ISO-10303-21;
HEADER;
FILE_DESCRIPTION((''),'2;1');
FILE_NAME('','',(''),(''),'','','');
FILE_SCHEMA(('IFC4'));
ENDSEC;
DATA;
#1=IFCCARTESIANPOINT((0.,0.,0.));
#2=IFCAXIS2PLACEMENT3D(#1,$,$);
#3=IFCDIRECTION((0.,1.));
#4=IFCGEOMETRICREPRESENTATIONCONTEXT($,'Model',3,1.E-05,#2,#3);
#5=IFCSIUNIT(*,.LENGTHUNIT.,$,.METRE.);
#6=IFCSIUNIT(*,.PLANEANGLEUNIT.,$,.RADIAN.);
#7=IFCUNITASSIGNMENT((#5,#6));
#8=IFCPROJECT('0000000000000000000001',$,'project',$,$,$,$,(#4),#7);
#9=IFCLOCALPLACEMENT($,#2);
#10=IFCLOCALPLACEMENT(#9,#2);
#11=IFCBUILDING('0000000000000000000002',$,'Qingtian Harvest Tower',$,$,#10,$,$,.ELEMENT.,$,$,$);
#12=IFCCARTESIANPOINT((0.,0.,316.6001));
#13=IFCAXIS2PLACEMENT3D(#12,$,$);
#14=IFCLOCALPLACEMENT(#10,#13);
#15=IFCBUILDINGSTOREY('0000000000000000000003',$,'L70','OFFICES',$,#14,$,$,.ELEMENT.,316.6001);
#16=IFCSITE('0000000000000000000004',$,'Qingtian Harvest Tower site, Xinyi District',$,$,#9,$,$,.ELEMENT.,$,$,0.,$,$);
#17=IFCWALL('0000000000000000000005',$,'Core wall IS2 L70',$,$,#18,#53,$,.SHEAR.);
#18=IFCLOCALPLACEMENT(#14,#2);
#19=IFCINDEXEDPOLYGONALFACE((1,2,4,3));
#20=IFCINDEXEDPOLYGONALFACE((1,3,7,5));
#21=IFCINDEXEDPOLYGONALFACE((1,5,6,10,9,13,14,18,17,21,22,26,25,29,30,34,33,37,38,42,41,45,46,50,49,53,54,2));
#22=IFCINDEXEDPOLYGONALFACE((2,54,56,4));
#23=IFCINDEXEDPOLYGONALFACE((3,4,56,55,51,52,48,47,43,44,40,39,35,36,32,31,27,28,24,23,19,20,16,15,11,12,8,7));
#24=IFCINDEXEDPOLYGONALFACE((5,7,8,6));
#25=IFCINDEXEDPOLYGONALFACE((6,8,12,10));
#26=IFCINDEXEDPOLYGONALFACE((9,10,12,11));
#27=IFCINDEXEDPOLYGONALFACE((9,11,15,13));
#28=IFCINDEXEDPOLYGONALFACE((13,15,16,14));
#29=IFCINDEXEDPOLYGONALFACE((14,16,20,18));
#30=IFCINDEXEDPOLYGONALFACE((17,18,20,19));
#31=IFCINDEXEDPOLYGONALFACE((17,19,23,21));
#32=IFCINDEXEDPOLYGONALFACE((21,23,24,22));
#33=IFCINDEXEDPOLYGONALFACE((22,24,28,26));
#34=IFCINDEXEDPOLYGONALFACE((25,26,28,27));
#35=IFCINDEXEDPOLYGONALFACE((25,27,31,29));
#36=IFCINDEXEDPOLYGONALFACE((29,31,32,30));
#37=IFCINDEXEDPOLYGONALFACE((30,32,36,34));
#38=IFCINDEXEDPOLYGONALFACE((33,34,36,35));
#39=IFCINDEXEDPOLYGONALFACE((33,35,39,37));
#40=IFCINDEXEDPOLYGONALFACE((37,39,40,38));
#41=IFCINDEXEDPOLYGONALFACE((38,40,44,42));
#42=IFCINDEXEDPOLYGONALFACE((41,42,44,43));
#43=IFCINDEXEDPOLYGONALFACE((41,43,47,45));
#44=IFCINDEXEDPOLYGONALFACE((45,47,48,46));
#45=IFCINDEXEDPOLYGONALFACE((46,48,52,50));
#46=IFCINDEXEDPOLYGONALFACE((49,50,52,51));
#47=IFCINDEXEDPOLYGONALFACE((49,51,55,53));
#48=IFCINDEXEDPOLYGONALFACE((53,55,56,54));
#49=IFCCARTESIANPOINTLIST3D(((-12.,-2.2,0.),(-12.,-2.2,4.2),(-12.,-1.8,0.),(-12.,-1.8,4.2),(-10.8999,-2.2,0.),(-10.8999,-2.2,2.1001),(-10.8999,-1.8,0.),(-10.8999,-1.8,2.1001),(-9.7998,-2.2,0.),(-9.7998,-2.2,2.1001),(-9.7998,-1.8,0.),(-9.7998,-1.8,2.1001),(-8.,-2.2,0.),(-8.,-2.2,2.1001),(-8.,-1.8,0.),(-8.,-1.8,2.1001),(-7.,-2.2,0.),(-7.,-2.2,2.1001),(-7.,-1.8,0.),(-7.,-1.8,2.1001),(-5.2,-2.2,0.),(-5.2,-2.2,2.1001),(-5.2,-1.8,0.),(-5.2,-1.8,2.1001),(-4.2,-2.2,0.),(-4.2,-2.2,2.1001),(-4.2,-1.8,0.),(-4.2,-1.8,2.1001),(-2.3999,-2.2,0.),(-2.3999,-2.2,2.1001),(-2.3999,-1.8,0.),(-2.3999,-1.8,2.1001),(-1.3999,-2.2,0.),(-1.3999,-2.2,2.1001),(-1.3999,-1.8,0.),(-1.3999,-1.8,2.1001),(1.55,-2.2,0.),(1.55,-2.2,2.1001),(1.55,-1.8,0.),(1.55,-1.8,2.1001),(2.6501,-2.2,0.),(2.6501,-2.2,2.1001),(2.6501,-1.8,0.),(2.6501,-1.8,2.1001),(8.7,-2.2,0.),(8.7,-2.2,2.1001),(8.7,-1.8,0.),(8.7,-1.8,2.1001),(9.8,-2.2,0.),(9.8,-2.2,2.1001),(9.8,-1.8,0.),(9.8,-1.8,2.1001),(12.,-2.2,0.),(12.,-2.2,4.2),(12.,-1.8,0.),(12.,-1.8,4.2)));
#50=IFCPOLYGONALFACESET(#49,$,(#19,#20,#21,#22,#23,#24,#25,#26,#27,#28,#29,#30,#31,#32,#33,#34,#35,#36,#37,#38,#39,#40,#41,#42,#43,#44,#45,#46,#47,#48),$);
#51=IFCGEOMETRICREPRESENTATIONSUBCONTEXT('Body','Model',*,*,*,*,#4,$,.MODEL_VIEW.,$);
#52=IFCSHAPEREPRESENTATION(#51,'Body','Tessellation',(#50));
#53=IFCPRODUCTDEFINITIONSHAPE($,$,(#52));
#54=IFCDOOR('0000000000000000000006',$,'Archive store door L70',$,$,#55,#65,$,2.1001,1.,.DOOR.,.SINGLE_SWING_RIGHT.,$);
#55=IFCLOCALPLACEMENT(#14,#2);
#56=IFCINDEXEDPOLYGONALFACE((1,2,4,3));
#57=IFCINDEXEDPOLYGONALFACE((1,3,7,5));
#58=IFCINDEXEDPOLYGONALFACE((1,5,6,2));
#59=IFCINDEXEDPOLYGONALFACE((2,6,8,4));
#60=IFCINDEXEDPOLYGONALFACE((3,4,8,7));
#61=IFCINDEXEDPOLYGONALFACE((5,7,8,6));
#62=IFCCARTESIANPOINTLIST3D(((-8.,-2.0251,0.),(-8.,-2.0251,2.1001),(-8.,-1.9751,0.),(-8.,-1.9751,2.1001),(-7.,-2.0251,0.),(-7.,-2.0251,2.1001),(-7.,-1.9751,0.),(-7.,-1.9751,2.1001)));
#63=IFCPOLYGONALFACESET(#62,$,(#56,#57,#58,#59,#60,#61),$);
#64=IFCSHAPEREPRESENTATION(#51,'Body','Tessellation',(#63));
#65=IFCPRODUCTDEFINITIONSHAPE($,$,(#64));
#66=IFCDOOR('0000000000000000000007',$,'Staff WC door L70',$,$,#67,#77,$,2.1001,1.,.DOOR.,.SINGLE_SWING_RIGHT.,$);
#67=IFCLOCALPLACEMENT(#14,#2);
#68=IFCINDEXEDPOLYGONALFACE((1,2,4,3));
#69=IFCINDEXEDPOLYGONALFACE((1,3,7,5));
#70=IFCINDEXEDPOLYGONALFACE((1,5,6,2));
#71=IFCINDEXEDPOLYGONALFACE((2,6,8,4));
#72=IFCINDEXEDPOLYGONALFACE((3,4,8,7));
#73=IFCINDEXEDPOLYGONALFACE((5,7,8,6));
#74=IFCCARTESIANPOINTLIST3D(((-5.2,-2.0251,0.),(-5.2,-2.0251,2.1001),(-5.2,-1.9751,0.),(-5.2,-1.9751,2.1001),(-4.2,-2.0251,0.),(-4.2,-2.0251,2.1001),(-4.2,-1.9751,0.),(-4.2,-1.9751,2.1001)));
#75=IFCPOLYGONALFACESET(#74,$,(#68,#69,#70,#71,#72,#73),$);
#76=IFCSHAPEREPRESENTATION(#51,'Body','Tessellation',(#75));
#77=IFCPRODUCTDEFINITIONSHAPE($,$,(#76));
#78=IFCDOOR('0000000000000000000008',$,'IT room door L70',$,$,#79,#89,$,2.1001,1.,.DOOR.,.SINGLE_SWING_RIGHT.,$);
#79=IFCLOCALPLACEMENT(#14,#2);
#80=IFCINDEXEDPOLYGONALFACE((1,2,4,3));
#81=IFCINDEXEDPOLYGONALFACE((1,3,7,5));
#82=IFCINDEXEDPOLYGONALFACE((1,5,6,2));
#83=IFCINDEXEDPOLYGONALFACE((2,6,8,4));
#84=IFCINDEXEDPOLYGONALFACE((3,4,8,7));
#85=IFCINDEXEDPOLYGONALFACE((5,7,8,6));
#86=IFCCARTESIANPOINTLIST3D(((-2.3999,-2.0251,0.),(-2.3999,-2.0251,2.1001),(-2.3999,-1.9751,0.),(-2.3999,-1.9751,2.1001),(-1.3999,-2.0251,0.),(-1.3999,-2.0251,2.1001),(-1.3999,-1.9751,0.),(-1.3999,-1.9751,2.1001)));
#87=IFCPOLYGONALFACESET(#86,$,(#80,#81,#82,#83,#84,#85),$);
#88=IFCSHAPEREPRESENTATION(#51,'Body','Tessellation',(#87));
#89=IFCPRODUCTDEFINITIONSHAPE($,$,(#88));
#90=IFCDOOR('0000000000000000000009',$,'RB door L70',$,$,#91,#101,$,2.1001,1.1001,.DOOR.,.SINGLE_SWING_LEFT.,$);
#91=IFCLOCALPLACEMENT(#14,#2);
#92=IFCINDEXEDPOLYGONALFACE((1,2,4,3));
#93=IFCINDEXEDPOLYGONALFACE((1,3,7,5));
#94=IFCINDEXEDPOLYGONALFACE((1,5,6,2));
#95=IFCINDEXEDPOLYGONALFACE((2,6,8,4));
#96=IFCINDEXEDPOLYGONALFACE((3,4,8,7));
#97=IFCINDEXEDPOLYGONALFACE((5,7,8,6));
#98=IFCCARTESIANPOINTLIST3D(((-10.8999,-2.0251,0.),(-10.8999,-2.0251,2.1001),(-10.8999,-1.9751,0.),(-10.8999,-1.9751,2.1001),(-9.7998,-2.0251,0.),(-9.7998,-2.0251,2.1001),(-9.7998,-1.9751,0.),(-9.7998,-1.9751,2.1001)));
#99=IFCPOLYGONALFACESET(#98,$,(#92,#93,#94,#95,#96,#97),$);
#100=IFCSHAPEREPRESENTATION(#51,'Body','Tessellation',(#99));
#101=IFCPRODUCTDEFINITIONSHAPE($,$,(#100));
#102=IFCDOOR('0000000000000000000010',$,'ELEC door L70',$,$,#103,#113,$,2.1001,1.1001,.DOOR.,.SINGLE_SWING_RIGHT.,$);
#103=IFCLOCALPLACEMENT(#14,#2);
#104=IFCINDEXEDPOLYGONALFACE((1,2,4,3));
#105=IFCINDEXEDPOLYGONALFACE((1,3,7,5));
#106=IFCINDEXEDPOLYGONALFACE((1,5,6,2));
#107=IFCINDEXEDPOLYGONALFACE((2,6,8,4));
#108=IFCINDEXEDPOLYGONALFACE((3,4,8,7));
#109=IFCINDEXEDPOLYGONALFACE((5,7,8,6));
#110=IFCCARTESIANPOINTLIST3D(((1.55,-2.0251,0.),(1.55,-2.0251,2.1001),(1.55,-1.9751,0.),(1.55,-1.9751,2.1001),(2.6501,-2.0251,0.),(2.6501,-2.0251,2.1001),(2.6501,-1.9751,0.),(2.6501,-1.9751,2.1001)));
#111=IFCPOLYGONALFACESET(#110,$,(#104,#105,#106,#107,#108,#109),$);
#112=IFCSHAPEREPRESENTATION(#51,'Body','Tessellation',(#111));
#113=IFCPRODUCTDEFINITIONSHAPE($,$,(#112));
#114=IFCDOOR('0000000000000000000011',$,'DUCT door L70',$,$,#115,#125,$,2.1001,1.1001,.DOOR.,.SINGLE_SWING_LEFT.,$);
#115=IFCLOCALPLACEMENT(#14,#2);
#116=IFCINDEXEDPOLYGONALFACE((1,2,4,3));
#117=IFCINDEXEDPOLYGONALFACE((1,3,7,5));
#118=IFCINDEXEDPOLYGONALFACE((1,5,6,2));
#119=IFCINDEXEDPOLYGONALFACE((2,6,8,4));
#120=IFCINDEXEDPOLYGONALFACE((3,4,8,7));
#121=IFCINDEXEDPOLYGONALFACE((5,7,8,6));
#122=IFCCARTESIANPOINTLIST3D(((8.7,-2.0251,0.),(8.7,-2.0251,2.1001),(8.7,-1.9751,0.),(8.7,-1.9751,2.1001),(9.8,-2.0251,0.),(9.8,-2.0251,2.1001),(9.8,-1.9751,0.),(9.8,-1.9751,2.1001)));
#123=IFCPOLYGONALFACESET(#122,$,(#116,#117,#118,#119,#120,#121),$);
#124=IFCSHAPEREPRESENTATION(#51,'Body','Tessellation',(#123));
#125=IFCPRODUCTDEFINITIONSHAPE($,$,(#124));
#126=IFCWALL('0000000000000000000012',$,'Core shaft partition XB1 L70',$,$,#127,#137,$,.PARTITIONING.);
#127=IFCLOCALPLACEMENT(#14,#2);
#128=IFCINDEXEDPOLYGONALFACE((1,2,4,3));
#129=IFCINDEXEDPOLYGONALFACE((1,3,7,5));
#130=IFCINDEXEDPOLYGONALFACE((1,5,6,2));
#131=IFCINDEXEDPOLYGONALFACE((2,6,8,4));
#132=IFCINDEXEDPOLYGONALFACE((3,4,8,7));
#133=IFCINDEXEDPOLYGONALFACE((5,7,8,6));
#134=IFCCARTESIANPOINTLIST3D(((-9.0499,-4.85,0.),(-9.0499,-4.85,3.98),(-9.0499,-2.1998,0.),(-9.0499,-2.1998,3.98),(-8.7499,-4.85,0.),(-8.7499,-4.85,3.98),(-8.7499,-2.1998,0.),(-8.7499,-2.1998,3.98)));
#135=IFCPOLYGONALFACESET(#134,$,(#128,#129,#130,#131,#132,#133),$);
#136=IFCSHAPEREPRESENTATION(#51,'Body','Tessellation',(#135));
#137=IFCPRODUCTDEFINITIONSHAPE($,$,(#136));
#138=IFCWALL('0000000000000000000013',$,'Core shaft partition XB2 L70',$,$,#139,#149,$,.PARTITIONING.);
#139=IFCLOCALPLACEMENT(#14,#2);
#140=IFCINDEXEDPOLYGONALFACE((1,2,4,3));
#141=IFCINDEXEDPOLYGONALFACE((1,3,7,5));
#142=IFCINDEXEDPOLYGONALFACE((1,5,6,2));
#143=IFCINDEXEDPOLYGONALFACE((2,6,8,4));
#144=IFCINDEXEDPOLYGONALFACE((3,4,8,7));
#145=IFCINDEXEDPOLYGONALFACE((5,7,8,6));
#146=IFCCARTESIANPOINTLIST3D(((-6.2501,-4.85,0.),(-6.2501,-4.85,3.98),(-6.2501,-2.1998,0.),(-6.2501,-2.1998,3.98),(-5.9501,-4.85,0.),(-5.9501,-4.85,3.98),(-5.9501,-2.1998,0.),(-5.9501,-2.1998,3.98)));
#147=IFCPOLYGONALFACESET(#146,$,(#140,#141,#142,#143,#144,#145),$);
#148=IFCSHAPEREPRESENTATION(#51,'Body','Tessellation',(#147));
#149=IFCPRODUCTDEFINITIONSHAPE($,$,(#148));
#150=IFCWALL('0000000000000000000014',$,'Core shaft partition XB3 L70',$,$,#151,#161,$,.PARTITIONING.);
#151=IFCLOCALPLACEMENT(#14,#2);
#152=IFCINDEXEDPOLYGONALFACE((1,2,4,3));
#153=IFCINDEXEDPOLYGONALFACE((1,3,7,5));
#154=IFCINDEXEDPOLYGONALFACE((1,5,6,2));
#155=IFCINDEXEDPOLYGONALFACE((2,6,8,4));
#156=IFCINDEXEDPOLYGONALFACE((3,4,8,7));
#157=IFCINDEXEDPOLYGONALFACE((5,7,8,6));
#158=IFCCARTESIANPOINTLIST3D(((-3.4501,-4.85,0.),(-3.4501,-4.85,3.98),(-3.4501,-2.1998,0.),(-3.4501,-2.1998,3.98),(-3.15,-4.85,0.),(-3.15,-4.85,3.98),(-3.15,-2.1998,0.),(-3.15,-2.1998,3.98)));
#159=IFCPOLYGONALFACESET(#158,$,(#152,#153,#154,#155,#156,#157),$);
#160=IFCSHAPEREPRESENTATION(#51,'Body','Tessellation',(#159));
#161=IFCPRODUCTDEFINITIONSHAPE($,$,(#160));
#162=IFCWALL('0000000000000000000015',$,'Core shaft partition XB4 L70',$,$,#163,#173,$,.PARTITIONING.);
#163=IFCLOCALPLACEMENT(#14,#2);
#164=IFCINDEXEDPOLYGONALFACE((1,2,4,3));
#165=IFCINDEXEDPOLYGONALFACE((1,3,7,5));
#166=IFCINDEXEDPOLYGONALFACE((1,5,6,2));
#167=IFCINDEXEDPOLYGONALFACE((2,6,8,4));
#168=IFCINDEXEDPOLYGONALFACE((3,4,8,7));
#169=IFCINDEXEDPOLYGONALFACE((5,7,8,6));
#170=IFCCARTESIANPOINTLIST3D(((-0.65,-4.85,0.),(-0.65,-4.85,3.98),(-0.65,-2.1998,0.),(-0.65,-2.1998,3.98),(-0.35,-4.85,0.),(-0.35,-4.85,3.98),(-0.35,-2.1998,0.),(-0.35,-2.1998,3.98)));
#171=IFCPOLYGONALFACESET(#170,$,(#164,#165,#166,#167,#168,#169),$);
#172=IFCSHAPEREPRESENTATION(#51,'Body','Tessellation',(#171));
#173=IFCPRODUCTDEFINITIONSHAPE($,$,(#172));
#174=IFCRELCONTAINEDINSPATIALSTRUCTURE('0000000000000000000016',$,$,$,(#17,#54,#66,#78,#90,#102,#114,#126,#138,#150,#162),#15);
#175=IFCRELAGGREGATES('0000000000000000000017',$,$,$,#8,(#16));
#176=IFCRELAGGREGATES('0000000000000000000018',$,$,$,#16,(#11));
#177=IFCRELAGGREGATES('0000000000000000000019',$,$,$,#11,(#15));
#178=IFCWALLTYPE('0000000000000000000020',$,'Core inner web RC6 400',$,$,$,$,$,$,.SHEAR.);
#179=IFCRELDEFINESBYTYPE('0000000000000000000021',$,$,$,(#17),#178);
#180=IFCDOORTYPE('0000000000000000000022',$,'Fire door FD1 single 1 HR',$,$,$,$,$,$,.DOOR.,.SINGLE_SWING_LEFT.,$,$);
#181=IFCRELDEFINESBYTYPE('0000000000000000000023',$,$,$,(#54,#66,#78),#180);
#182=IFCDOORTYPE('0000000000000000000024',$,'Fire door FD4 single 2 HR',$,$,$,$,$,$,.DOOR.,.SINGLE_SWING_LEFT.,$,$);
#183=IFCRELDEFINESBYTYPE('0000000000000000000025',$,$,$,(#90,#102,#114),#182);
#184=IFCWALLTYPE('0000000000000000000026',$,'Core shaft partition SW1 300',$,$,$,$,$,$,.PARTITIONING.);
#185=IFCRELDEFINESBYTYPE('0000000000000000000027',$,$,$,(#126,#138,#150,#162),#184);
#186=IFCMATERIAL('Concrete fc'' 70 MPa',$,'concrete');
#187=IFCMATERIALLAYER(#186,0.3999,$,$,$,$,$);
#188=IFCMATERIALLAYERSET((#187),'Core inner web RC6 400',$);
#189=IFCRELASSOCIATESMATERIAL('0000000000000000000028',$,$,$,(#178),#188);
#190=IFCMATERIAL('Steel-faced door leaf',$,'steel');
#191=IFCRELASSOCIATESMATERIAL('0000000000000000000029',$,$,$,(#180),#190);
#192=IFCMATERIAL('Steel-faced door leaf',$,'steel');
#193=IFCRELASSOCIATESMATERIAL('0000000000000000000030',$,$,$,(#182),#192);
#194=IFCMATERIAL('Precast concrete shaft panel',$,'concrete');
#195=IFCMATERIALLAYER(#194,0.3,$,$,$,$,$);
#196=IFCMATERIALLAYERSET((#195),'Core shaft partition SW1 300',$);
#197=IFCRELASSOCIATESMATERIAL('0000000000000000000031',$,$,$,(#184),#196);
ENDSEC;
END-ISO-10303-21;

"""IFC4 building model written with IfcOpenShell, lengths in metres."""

from ifc_helpers import new_model, si_unit, direction, frame, frame_2d, origin, place, context, subcontext, project, spatial, rectangle, extrude, material, layer, layer_set, type_object, element, fill, save


model = new_model("IFC4")

# Units and contexts
model_context = context("Model", 3, precision=1e-05, world=origin(), true_north=direction((0.0, 1.0)))
body_context = subcontext(model_context, "Body", "Model", "MODEL_VIEW")
ifc_project = project(units=[si_unit("LENGTHUNIT", "METRE"), si_unit("PLANEANGLEUNIT", "RADIAN")], contexts=[model_context])

# Site, building, storey
site_placement = place(None, origin())
site = spatial("IfcSite", under=ifc_project, at=site_placement, Name="Qingtian Harvest Tower site, Xinyi District", CompositionType="ELEMENT", RefElevation=0.0)
building_placement = place(site_placement, origin())
building = spatial("IfcBuilding", under=site, at=building_placement, Name="Qingtian Harvest Tower", CompositionType="ELEMENT")
storey_placement = place(building_placement, frame((0.0, 0.0, 316.6001)))
storey = spatial("IfcBuildingStorey", under=building, at=storey_placement, Name="L70", Description="OFFICES", CompositionType="ELEMENT", Elevation=316.6001)

# Wall, openings, doors
ifc_material_1 = material(Name="Concrete fc' 70 MPa", Category="concrete")
ifc_layer_1 = layer(ifc_material_1, 0.3999)
ifc_layer_set_1 = layer_set([ifc_layer_1], Name="Core inner web RC6 400")
wall_type_1 = type_object("IfcWallType", Name="Core inner web RC6 400", PredefinedType="SHEAR", material=ifc_layer_set_1)
wall_1_placement = place(storey_placement, frame((-12.0, -2.0, 0.0), z_axis=(0.0, 0.0, 1.0), x_axis=(1.0, 0.0, 0.0)))
wall_1 = element("IfcWall", 1, at=wall_1_placement, inside=storey, type_object=wall_type_1, Name="Core wall IS2 L70", PredefinedType="SHEAR", context=body_context, shape_type="SweptSolid", body=[
    extrude(rectangle(XDim=24.0, YDim=0.3999, at=frame_2d((12.0, 0.0))), origin(), (0.0, 0.0, 1.0), 4.2),
])
opening_1_placement = place(wall_1_placement, frame((1.1001, 0.0, 0.0)))
opening_1 = element("IfcOpeningElement", 2, at=opening_1_placement, cuts=wall_1, PredefinedType="OPENING", context=body_context, shape_type="SweptSolid", body=[
    extrude(rectangle(XDim=1.1001, YDim=2.1001, at=frame_2d((0.55, 1.05))), frame((0.0, 0.21, 0.0), z_axis=(0.0, -1.0, 0.0), x_axis=(1.0, 0.0, 0.0)), (0.0, 0.0, 1.0), 0.4199),
])
opening_2_placement = place(wall_1_placement, frame((13.55, 0.0, 0.0)))
opening_2 = element("IfcOpeningElement", 3, at=opening_2_placement, cuts=wall_1, PredefinedType="OPENING", context=body_context, shape_type="SweptSolid", body=[
    extrude(rectangle(XDim=1.1001, YDim=2.1001, at=frame_2d((0.55, 1.05))), frame((0.0, 0.21, 0.0), z_axis=(0.0, -1.0, 0.0), x_axis=(1.0, 0.0, 0.0)), (0.0, 0.0, 1.0), 0.4199),
])
opening_3_placement = place(wall_1_placement, frame((20.7, 0.0, 0.0)))
opening_3 = element("IfcOpeningElement", 4, at=opening_3_placement, cuts=wall_1, PredefinedType="OPENING", context=body_context, shape_type="SweptSolid", body=[
    extrude(rectangle(XDim=1.1001, YDim=2.1001, at=frame_2d((0.55, 1.05))), frame((0.0, 0.21, 0.0), z_axis=(0.0, -1.0, 0.0), x_axis=(1.0, 0.0, 0.0)), (0.0, 0.0, 1.0), 0.4199),
])
opening_4_placement = place(wall_1_placement, frame((4.0, 0.0, 0.0)))
opening_4 = element("IfcOpeningElement", 5, at=opening_4_placement, cuts=wall_1, PredefinedType="OPENING", context=body_context, shape_type="SweptSolid", body=[
    extrude(rectangle(XDim=1.0, YDim=2.1001, at=frame_2d((0.5, 1.05))), frame((0.0, 0.21, 0.0), z_axis=(0.0, -1.0, 0.0), x_axis=(1.0, 0.0, 0.0)), (0.0, 0.0, 1.0), 0.4199),
])
opening_5_placement = place(wall_1_placement, frame((6.8, 0.0, 0.0)))
opening_5 = element("IfcOpeningElement", 6, at=opening_5_placement, cuts=wall_1, PredefinedType="OPENING", context=body_context, shape_type="SweptSolid", body=[
    extrude(rectangle(XDim=1.0, YDim=2.1001, at=frame_2d((0.5, 1.05))), frame((0.0, 0.21, 0.0), z_axis=(0.0, -1.0, 0.0), x_axis=(1.0, 0.0, 0.0)), (0.0, 0.0, 1.0), 0.4199),
])
opening_6_placement = place(wall_1_placement, frame((9.6001, 0.0, 0.0)))
opening_6 = element("IfcOpeningElement", 7, at=opening_6_placement, cuts=wall_1, PredefinedType="OPENING", context=body_context, shape_type="SweptSolid", body=[
    extrude(rectangle(XDim=1.0, YDim=2.1001, at=frame_2d((0.5, 1.05))), frame((0.0, 0.21, 0.0), z_axis=(0.0, -1.0, 0.0), x_axis=(1.0, 0.0, 0.0)), (0.0, 0.0, 1.0), 0.4199),
])
ifc_material_2 = material(Name="Steel-faced door leaf", Category="steel")
door_type_1 = type_object("IfcDoorType", Name="Fire door FD1 single 1 HR", OperationType="SINGLE_SWING_LEFT", PredefinedType="DOOR", material=ifc_material_2)
door_1_placement = place(opening_4_placement, origin())
door_1 = element("IfcDoor", 8, at=door_1_placement, inside=storey, type_object=door_type_1, Name="Archive store door L70", OperationType="SINGLE_SWING_RIGHT", OverallHeight=2.1001, OverallWidth=1.0, PredefinedType="DOOR", context=body_context, shape_type="SweptSolid", body=[
    extrude(rectangle(XDim=1.0, YDim=2.1001, at=frame_2d((0.5, 1.05))), frame((0.0, 0.0249, 0.0), z_axis=(0.0, -1.0, 0.0), x_axis=(1.0, 0.0, 0.0)), (0.0, 0.0, 1.0), 0.05),
])
fill(opening_4, door_1)
door_2_placement = place(opening_5_placement, origin())
door_2 = element("IfcDoor", 9, at=door_2_placement, inside=storey, type_object=door_type_1, Name="Staff WC door L70", OperationType="SINGLE_SWING_RIGHT", OverallHeight=2.1001, OverallWidth=1.0, PredefinedType="DOOR", context=body_context, shape_type="SweptSolid", body=[
    extrude(rectangle(XDim=1.0, YDim=2.1001, at=frame_2d((0.5, 1.05))), frame((0.0, 0.0249, 0.0), z_axis=(0.0, -1.0, 0.0), x_axis=(1.0, 0.0, 0.0)), (0.0, 0.0, 1.0), 0.05),
])
fill(opening_5, door_2)
door_3_placement = place(opening_6_placement, origin())
door_3 = element("IfcDoor", 10, at=door_3_placement, inside=storey, type_object=door_type_1, Name="IT room door L70", OperationType="SINGLE_SWING_RIGHT", OverallHeight=2.1001, OverallWidth=1.0, PredefinedType="DOOR", context=body_context, shape_type="SweptSolid", body=[
    extrude(rectangle(XDim=1.0, YDim=2.1001, at=frame_2d((0.5, 1.05))), frame((0.0, 0.0249, 0.0), z_axis=(0.0, -1.0, 0.0), x_axis=(1.0, 0.0, 0.0)), (0.0, 0.0, 1.0), 0.05),
])
fill(opening_6, door_3)
ifc_material_3 = material(Name="Steel-faced door leaf", Category="steel")
door_type_2 = type_object("IfcDoorType", Name="Fire door FD4 single 2 HR", OperationType="SINGLE_SWING_LEFT", PredefinedType="DOOR", material=ifc_material_3)
door_4_placement = place(opening_1_placement, origin())
door_4 = element("IfcDoor", 11, at=door_4_placement, inside=storey, type_object=door_type_2, Name="RB door L70", OperationType="SINGLE_SWING_LEFT", OverallHeight=2.1001, OverallWidth=1.1001, PredefinedType="DOOR", context=body_context, shape_type="SweptSolid", body=[
    extrude(rectangle(XDim=1.1001, YDim=2.1001, at=frame_2d((0.55, 1.05))), frame((0.0, 0.0249, 0.0), z_axis=(0.0, -1.0, 0.0), x_axis=(1.0, 0.0, 0.0)), (0.0, 0.0, 1.0), 0.05),
])
fill(opening_1, door_4)
door_5_placement = place(opening_2_placement, origin())
door_5 = element("IfcDoor", 12, at=door_5_placement, inside=storey, type_object=door_type_2, Name="ELEC door L70", OperationType="SINGLE_SWING_RIGHT", OverallHeight=2.1001, OverallWidth=1.1001, PredefinedType="DOOR", context=body_context, shape_type="SweptSolid", body=[
    extrude(rectangle(XDim=1.1001, YDim=2.1001, at=frame_2d((0.55, 1.05))), frame((0.0, 0.0249, 0.0), z_axis=(0.0, -1.0, 0.0), x_axis=(1.0, 0.0, 0.0)), (0.0, 0.0, 1.0), 0.05),
])
fill(opening_2, door_5)
door_6_placement = place(opening_3_placement, origin())
door_6 = element("IfcDoor", 13, at=door_6_placement, inside=storey, type_object=door_type_2, Name="DUCT door L70", OperationType="SINGLE_SWING_LEFT", OverallHeight=2.1001, OverallWidth=1.1001, PredefinedType="DOOR", context=body_context, shape_type="SweptSolid", body=[
    extrude(rectangle(XDim=1.1001, YDim=2.1001, at=frame_2d((0.55, 1.05))), frame((0.0, 0.0249, 0.0), z_axis=(0.0, -1.0, 0.0), x_axis=(1.0, 0.0, 0.0)), (0.0, 0.0, 1.0), 0.05),
])
fill(opening_3, door_6)

# Walls
ifc_material_4 = material(Name="Precast concrete shaft panel", Category="concrete")
ifc_layer_2 = layer(ifc_material_4, 0.3)
ifc_layer_set_2 = layer_set([ifc_layer_2], Name="Core shaft partition SW1 300")
wall_type_2 = type_object("IfcWallType", Name="Core shaft partition SW1 300", PredefinedType="PARTITIONING", material=ifc_layer_set_2)
for number, where, z_axis, x_axis, name in (
    (14, (-8.8999, -4.8501, 0.0), (0.0, 0.0, 1.0), (0.0, 1.0, 0.0), "Core shaft partition XB1 L70"),
    (15, (-6.1001, -4.8501, 0.0), (0.0, 0.0, 1.0), (0.0, 1.0, 0.0), "Core shaft partition XB2 L70"),
    (16, (-3.3, -4.8501, 0.0), (0.0, 0.0, 1.0), (0.0, 1.0, 0.0), "Core shaft partition XB3 L70"),
    (17, (-0.5, -4.8501, 0.0), (0.0, 0.0, 1.0), (0.0, 1.0, 0.0), "Core shaft partition XB4 L70"),
):
    element("IfcWall", number, at=place(storey_placement, frame(where, z_axis=z_axis, x_axis=x_axis)), inside=storey, type_object=wall_type_2, Name=name, PredefinedType="PARTITIONING", context=body_context, shape_type="SweptSolid", body=[
        extrude(rectangle(XDim=2.6501, YDim=0.3, at=frame_2d((1.3252, 0.0))), origin(), (0.0, 0.0, 1.0), 3.98),
    ])

save(model, "model.ifc")
